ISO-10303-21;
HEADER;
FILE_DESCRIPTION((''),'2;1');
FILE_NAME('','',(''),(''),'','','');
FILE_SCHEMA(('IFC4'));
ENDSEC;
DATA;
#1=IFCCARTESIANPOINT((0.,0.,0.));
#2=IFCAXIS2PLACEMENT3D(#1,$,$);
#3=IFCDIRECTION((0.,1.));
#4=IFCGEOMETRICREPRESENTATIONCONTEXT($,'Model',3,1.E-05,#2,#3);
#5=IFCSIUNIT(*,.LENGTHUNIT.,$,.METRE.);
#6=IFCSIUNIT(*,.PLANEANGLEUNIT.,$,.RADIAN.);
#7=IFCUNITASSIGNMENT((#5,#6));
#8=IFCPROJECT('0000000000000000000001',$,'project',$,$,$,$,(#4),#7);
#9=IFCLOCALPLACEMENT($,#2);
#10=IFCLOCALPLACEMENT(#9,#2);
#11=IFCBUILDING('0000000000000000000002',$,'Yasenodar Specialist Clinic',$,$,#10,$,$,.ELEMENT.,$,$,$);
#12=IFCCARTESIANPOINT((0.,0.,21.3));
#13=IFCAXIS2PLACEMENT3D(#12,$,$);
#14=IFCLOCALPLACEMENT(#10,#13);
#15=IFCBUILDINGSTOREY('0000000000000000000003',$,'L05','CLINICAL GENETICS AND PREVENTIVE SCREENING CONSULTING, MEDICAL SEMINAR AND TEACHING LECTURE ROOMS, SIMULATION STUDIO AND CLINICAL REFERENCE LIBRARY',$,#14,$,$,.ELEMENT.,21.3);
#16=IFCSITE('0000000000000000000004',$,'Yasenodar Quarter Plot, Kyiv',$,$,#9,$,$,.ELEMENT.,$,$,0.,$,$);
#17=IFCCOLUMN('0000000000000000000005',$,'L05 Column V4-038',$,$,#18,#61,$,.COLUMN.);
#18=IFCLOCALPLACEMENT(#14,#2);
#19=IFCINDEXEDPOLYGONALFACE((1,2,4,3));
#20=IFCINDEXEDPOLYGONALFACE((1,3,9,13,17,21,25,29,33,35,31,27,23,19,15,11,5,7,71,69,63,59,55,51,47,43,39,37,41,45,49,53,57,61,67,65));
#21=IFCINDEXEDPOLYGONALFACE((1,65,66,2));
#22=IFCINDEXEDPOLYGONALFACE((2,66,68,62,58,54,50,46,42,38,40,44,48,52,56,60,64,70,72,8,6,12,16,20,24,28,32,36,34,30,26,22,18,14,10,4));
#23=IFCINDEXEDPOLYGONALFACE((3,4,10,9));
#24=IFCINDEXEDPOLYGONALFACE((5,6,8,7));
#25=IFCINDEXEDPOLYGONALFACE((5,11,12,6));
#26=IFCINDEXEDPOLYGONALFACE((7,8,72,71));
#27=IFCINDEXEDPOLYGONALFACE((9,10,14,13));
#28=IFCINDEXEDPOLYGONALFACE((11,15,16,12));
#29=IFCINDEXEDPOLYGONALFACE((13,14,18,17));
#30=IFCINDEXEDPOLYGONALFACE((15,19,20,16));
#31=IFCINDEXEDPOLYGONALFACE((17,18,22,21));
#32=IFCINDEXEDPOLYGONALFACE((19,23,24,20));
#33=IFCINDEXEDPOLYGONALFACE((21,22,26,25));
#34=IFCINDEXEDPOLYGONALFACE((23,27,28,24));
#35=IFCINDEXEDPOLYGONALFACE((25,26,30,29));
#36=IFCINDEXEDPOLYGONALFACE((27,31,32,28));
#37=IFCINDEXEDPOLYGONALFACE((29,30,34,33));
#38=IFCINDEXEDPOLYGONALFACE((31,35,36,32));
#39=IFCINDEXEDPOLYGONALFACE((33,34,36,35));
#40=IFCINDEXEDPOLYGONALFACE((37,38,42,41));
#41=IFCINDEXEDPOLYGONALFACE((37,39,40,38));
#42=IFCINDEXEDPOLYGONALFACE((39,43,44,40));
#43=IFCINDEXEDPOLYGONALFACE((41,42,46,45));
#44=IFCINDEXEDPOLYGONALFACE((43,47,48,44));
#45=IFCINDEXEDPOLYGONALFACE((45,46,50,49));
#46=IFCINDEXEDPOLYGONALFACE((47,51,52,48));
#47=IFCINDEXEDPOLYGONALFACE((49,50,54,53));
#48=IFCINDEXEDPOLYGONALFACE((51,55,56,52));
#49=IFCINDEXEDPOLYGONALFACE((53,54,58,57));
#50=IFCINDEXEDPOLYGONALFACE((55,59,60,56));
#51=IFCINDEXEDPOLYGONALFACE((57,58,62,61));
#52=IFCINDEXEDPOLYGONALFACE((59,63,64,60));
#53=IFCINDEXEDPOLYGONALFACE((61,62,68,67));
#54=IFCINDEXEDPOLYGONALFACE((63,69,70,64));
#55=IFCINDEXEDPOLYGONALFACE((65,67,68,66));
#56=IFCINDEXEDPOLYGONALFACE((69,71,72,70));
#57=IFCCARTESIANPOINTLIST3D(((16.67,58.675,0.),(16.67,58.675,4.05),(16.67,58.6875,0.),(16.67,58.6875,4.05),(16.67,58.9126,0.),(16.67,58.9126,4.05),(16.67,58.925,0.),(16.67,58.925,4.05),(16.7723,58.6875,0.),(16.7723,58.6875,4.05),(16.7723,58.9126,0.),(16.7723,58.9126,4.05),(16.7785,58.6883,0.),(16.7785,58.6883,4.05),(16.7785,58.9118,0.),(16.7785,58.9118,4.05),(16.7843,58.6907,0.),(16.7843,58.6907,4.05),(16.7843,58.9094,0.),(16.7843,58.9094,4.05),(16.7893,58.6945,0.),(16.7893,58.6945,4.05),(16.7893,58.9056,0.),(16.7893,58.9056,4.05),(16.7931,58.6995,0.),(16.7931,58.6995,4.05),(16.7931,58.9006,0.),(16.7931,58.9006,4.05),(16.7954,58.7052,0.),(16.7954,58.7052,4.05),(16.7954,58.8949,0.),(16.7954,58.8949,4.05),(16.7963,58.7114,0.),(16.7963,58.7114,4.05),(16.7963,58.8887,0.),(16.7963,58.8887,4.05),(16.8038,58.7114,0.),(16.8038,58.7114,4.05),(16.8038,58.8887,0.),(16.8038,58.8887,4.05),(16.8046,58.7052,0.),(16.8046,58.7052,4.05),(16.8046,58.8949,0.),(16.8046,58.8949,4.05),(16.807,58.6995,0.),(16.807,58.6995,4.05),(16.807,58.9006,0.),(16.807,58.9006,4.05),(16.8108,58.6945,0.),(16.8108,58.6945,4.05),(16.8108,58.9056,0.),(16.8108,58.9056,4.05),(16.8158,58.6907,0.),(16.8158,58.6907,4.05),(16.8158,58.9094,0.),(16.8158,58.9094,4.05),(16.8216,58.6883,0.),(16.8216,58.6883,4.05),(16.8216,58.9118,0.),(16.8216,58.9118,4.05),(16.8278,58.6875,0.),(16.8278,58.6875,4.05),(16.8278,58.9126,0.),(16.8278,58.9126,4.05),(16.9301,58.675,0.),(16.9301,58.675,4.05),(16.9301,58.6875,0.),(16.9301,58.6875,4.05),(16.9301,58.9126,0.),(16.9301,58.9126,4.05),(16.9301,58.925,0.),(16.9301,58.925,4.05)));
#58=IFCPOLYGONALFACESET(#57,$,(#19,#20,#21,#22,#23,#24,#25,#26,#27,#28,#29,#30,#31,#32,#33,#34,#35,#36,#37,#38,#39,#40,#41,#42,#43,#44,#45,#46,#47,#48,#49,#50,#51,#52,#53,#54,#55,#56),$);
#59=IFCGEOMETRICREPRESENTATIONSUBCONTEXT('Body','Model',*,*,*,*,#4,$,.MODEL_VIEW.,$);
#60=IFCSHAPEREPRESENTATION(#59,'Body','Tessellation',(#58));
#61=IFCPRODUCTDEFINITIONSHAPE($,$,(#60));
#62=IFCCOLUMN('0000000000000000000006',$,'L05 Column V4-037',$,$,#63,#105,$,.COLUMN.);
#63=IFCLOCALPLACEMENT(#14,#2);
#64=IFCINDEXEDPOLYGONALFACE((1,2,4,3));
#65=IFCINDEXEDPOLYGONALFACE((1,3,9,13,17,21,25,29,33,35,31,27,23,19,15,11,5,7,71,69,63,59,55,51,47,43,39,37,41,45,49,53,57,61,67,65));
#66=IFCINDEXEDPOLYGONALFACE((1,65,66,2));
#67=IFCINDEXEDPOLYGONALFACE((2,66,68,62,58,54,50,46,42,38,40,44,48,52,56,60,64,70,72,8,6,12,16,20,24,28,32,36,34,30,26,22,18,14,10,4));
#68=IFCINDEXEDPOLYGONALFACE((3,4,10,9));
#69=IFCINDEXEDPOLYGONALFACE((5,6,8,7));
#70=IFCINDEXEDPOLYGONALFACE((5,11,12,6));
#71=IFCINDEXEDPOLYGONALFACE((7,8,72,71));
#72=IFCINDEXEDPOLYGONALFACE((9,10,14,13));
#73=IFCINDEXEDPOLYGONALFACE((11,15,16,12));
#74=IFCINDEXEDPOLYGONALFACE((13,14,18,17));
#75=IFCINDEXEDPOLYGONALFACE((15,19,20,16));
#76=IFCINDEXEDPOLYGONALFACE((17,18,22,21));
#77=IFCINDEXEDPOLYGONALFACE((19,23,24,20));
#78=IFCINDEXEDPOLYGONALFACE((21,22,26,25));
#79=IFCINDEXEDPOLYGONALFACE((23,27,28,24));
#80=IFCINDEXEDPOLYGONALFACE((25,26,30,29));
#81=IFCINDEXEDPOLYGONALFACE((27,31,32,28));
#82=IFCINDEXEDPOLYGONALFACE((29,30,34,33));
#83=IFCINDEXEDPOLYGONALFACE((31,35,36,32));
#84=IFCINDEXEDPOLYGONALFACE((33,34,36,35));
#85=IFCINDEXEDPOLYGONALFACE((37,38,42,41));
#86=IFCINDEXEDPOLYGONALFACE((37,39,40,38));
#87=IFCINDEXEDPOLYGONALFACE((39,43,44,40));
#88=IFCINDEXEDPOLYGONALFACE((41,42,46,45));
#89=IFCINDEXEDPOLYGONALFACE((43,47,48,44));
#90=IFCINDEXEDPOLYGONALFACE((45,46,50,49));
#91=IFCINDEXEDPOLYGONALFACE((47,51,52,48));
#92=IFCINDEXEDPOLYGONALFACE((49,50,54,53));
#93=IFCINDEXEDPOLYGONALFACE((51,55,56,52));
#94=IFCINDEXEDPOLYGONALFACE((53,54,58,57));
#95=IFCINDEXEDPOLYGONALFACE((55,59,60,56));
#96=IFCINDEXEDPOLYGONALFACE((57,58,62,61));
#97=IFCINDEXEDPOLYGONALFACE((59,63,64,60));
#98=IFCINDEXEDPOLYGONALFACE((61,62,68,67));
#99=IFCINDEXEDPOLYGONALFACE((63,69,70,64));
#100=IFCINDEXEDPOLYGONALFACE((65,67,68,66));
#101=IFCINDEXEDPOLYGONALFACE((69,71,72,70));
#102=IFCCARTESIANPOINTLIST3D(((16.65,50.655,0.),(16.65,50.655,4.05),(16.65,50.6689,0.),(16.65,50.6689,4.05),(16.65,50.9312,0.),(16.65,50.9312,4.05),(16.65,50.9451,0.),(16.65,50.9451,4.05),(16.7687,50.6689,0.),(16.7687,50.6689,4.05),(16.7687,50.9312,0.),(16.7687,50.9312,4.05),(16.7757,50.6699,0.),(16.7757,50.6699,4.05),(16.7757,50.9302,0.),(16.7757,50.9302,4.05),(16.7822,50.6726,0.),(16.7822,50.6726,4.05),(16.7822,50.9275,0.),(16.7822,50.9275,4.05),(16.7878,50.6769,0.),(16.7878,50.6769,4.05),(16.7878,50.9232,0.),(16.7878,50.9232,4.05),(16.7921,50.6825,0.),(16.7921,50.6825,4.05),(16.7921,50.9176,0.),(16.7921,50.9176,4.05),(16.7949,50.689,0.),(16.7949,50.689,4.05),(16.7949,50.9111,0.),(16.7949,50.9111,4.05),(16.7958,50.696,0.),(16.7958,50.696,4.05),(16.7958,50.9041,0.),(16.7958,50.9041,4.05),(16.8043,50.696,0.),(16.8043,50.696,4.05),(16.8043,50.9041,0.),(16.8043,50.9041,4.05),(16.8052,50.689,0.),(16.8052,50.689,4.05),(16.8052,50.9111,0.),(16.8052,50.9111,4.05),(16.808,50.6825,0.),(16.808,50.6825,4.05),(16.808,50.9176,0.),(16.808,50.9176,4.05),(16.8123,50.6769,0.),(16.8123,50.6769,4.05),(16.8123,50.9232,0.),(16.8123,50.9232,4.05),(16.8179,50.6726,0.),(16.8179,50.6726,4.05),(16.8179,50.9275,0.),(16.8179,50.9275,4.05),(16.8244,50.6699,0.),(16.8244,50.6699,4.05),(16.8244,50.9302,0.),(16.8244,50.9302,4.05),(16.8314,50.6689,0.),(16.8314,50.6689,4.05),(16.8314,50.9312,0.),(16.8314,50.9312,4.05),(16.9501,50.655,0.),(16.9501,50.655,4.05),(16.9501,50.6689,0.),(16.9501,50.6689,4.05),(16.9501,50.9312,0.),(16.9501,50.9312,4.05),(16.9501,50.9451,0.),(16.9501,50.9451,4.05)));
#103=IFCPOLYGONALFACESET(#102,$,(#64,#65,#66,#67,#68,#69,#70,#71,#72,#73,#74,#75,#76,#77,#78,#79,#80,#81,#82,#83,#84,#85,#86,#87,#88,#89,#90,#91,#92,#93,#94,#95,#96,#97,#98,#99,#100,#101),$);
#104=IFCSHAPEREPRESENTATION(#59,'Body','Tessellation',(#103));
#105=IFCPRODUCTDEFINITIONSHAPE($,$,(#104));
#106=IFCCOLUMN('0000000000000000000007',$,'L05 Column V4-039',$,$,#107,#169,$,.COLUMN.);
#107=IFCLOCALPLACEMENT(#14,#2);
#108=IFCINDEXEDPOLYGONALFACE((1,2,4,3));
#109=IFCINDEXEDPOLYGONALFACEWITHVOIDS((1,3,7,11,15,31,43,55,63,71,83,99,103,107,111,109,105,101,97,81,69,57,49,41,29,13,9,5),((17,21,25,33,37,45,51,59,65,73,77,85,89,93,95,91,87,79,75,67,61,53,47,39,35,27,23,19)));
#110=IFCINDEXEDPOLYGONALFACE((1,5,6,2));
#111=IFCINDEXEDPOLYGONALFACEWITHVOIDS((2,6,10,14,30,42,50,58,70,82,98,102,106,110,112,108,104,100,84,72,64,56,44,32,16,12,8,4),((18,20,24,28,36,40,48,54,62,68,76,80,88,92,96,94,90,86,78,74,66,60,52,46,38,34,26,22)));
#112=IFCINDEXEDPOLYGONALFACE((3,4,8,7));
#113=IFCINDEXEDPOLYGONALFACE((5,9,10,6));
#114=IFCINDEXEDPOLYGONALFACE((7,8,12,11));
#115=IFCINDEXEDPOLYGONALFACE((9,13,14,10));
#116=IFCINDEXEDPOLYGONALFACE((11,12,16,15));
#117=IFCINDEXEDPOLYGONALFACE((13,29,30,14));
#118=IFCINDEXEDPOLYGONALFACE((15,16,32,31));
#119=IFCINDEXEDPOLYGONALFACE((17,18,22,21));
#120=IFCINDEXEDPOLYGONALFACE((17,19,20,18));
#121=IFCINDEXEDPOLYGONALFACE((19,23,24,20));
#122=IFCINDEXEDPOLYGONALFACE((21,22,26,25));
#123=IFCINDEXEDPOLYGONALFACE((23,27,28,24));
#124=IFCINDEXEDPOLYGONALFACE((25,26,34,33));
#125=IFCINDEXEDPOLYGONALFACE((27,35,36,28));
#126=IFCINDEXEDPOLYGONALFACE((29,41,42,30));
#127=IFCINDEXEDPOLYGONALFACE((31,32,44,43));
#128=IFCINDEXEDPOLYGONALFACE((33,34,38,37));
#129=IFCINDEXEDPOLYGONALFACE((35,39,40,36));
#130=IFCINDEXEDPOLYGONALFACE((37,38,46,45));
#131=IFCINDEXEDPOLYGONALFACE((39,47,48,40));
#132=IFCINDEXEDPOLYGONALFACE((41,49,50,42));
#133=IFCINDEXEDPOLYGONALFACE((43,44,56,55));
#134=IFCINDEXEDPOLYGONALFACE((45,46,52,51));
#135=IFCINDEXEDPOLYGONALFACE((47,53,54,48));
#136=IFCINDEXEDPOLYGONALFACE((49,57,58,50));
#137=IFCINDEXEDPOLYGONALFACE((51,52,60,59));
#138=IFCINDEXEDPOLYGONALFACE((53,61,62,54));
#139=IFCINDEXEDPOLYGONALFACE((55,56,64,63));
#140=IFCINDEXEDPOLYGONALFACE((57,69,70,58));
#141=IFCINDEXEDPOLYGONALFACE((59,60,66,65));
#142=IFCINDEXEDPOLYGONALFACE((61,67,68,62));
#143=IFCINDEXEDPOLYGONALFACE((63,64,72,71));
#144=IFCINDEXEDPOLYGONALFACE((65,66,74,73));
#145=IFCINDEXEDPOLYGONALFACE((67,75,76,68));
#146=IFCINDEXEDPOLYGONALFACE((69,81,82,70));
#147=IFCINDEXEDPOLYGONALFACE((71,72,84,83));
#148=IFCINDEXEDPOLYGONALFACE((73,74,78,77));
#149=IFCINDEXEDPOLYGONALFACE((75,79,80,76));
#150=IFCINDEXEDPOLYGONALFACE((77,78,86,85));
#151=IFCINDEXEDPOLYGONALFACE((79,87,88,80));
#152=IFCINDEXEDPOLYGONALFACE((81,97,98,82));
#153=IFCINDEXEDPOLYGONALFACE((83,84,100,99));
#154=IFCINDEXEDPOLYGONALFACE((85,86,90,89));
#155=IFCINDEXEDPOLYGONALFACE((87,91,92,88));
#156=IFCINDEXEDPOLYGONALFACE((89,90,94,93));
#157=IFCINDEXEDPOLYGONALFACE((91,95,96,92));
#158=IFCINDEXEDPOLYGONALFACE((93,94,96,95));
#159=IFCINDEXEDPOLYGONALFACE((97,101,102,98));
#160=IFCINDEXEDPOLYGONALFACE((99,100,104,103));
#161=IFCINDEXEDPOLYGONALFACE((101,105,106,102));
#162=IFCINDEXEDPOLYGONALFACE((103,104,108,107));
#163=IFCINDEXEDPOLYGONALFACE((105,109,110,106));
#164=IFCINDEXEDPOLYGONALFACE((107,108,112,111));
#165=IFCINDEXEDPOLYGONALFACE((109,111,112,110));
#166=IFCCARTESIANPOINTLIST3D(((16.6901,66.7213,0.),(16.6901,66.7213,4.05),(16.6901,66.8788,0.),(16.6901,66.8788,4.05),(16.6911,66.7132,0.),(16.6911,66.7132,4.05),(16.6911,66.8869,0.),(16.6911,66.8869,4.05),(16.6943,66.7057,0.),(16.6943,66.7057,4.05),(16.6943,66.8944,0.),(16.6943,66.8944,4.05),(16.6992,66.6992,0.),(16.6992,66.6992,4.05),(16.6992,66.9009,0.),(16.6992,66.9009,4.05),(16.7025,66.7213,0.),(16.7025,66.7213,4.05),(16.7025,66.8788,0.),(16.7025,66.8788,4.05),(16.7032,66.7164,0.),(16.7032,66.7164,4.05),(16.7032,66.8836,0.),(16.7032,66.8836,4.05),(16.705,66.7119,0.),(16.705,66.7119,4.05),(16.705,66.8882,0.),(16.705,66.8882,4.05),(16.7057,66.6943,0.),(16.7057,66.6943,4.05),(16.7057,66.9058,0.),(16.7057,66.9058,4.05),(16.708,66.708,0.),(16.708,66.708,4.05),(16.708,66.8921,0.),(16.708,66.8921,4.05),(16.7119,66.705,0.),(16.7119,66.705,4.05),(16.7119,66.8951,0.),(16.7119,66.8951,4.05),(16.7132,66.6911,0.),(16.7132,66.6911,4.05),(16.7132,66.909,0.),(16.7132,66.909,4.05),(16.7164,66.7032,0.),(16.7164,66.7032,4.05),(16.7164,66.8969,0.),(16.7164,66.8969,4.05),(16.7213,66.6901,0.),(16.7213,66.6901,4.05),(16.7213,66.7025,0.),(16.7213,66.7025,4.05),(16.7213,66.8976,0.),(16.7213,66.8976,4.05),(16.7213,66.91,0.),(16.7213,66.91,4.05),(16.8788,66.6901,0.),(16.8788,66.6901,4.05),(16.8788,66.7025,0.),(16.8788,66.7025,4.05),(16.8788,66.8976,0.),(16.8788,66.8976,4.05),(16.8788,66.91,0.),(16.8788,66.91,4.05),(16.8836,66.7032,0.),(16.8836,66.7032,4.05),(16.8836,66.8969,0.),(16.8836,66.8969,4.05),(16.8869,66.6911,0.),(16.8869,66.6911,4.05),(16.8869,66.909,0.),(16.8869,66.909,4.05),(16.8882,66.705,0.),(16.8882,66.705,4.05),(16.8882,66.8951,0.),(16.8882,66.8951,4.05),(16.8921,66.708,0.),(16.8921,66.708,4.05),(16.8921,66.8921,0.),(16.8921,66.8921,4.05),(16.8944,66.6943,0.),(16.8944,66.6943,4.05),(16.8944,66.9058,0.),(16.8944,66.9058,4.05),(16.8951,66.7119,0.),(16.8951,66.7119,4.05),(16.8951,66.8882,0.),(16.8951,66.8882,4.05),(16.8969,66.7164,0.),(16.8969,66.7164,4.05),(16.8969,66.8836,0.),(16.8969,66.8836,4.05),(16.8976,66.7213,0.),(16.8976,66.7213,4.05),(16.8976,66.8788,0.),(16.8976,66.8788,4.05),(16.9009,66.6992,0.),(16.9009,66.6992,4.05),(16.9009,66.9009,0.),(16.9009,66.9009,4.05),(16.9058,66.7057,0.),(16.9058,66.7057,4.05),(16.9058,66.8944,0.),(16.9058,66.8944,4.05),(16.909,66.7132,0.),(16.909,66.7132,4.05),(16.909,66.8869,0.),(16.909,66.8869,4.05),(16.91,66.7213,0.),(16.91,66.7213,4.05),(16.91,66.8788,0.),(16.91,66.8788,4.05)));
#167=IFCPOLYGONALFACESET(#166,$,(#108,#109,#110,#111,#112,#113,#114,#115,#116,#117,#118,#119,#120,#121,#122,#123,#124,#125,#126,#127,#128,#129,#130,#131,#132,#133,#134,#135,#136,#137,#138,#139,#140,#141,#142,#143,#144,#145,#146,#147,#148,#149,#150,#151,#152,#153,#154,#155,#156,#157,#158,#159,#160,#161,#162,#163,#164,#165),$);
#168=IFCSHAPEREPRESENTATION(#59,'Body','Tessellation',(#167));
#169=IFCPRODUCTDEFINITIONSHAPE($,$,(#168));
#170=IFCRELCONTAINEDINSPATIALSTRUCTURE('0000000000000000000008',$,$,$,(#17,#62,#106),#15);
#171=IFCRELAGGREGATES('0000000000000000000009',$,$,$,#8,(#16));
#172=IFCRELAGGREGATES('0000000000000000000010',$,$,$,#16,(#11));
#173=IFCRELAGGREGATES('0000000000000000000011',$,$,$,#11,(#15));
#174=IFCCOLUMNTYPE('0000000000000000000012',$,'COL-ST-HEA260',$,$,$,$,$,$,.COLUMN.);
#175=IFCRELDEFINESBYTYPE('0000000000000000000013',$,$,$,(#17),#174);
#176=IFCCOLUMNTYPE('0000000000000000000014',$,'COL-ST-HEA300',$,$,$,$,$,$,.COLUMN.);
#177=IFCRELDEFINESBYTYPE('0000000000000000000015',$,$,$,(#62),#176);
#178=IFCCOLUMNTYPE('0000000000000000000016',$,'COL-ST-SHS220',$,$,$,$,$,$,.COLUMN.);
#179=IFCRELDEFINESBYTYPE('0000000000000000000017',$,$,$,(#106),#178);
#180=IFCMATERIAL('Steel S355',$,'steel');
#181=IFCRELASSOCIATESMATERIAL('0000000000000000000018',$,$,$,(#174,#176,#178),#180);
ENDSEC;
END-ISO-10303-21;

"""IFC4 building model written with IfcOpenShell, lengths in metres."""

from ifc_helpers import new_model, si_unit, direction, frame, origin, origin_2d, place, context, subcontext, project, spatial, hollow_rectangle, i_section, extrude, material, material_profile, profile_set, type_object, element, save


model = new_model("IFC4")

# Units and contexts
model_context = context("Model", 3, precision=1e-05, world=origin(), true_north=direction((0.0, 1.0)))
body_context = subcontext(model_context, "Body", "Model", "MODEL_VIEW")
ifc_project = project(units=[si_unit("LENGTHUNIT", "METRE"), si_unit("PLANEANGLEUNIT", "RADIAN")], contexts=[model_context])

# Site, building, storey
site_placement = place(None, origin())
site = spatial("IfcSite", under=ifc_project, at=site_placement, Name="Yasenodar Quarter Plot, Kyiv", CompositionType="ELEMENT", RefElevation=0.0)
building_placement = place(site_placement, origin())
building = spatial("IfcBuilding", under=site, at=building_placement, Name="Yasenodar Specialist Clinic", CompositionType="ELEMENT")
storey_placement = place(building_placement, frame((0.0, 0.0, 21.3)))
storey = spatial("IfcBuildingStorey", under=building, at=storey_placement, Name="L05", Description="CLINICAL GENETICS AND PREVENTIVE SCREENING CONSULTING, MEDICAL SEMINAR AND TEACHING LECTURE ROOMS, SIMULATION STUDIO AND CLINICAL REFERENCE LIBRARY", CompositionType="ELEMENT", Elevation=21.3)

# Columns
ifc_material_1 = material(Name="Steel S355", Category="steel")
ifc_material_profile_1 = material_profile(ifc_material_1, i_section(OverallWidth=0.26, OverallDepth=0.25, WebThickness=0.0076, FlangeThickness=0.0125, FilletRadius=0.0239, at=origin_2d()), Name="HEA 260")
ifc_profile_set_1 = profile_set([ifc_material_profile_1], Name="Steel S355")
column_type_1 = type_object("IfcColumnType", Name="COL-ST-HEA260", PredefinedType="COLUMN", material=ifc_profile_set_1)
column_1_placement = place(storey_placement, frame((16.8, 58.8, 0.0), z_axis=(0.0, 0.0, 1.0), x_axis=(1.0, 0.0, 0.0)))
element("IfcColumn", 1, at=column_1_placement, inside=storey, type_object=column_type_1, Name="L05 Column V4-038", PredefinedType="COLUMN", context=body_context, shape_type="SweptSolid", body=[
    extrude(i_section(OverallWidth=0.26, OverallDepth=0.25, WebThickness=0.0076, FlangeThickness=0.0125, FilletRadius=0.0239, at=origin_2d()), origin(), (0.0, 0.0, 1.0), 4.05),
])
ifc_material_profile_2 = material_profile(ifc_material_1, i_section(OverallWidth=0.3, OverallDepth=0.29, WebThickness=0.0085, FlangeThickness=0.0139, FilletRadius=0.0271, at=origin_2d()), Name="HEA 300")
ifc_profile_set_2 = profile_set([ifc_material_profile_2], Name="Steel S355")
column_type_2 = type_object("IfcColumnType", Name="COL-ST-HEA300", PredefinedType="COLUMN", material=ifc_profile_set_2)
column_2_placement = place(storey_placement, frame((16.8, 50.8, 0.0), z_axis=(0.0, 0.0, 1.0), x_axis=(1.0, 0.0, 0.0)))
element("IfcColumn", 2, at=column_2_placement, inside=storey, type_object=column_type_2, Name="L05 Column V4-037", PredefinedType="COLUMN", context=body_context, shape_type="SweptSolid", body=[
    extrude(i_section(OverallWidth=0.3, OverallDepth=0.29, WebThickness=0.0085, FlangeThickness=0.0139, FilletRadius=0.0271, at=origin_2d()), origin(), (0.0, 0.0, 1.0), 4.05),
])
ifc_material_profile_3 = material_profile(ifc_material_1, hollow_rectangle(XDim=0.22, YDim=0.22, WallThickness=0.0125, InnerFilletRadius=0.0188, OuterFilletRadius=0.0312, at=origin_2d()), Name="SHS 220x220x12.5")
ifc_profile_set_3 = profile_set([ifc_material_profile_3], Name="Steel S355")
column_type_3 = type_object("IfcColumnType", Name="COL-ST-SHS220", PredefinedType="COLUMN", material=ifc_profile_set_3)
column_3_placement = place(storey_placement, frame((16.8, 66.8, 0.0), z_axis=(0.0, 0.0, 1.0), x_axis=(1.0, 0.0, 0.0)))
element("IfcColumn", 3, at=column_3_placement, inside=storey, type_object=column_type_3, Name="L05 Column V4-039", PredefinedType="COLUMN", context=body_context, shape_type="SweptSolid", body=[
    extrude(hollow_rectangle(XDim=0.22, YDim=0.22, WallThickness=0.0125, InnerFilletRadius=0.0188, OuterFilletRadius=0.0312, at=origin_2d()), origin(), (0.0, 0.0, 1.0), 4.05),
])

save(model, "model.ifc")
